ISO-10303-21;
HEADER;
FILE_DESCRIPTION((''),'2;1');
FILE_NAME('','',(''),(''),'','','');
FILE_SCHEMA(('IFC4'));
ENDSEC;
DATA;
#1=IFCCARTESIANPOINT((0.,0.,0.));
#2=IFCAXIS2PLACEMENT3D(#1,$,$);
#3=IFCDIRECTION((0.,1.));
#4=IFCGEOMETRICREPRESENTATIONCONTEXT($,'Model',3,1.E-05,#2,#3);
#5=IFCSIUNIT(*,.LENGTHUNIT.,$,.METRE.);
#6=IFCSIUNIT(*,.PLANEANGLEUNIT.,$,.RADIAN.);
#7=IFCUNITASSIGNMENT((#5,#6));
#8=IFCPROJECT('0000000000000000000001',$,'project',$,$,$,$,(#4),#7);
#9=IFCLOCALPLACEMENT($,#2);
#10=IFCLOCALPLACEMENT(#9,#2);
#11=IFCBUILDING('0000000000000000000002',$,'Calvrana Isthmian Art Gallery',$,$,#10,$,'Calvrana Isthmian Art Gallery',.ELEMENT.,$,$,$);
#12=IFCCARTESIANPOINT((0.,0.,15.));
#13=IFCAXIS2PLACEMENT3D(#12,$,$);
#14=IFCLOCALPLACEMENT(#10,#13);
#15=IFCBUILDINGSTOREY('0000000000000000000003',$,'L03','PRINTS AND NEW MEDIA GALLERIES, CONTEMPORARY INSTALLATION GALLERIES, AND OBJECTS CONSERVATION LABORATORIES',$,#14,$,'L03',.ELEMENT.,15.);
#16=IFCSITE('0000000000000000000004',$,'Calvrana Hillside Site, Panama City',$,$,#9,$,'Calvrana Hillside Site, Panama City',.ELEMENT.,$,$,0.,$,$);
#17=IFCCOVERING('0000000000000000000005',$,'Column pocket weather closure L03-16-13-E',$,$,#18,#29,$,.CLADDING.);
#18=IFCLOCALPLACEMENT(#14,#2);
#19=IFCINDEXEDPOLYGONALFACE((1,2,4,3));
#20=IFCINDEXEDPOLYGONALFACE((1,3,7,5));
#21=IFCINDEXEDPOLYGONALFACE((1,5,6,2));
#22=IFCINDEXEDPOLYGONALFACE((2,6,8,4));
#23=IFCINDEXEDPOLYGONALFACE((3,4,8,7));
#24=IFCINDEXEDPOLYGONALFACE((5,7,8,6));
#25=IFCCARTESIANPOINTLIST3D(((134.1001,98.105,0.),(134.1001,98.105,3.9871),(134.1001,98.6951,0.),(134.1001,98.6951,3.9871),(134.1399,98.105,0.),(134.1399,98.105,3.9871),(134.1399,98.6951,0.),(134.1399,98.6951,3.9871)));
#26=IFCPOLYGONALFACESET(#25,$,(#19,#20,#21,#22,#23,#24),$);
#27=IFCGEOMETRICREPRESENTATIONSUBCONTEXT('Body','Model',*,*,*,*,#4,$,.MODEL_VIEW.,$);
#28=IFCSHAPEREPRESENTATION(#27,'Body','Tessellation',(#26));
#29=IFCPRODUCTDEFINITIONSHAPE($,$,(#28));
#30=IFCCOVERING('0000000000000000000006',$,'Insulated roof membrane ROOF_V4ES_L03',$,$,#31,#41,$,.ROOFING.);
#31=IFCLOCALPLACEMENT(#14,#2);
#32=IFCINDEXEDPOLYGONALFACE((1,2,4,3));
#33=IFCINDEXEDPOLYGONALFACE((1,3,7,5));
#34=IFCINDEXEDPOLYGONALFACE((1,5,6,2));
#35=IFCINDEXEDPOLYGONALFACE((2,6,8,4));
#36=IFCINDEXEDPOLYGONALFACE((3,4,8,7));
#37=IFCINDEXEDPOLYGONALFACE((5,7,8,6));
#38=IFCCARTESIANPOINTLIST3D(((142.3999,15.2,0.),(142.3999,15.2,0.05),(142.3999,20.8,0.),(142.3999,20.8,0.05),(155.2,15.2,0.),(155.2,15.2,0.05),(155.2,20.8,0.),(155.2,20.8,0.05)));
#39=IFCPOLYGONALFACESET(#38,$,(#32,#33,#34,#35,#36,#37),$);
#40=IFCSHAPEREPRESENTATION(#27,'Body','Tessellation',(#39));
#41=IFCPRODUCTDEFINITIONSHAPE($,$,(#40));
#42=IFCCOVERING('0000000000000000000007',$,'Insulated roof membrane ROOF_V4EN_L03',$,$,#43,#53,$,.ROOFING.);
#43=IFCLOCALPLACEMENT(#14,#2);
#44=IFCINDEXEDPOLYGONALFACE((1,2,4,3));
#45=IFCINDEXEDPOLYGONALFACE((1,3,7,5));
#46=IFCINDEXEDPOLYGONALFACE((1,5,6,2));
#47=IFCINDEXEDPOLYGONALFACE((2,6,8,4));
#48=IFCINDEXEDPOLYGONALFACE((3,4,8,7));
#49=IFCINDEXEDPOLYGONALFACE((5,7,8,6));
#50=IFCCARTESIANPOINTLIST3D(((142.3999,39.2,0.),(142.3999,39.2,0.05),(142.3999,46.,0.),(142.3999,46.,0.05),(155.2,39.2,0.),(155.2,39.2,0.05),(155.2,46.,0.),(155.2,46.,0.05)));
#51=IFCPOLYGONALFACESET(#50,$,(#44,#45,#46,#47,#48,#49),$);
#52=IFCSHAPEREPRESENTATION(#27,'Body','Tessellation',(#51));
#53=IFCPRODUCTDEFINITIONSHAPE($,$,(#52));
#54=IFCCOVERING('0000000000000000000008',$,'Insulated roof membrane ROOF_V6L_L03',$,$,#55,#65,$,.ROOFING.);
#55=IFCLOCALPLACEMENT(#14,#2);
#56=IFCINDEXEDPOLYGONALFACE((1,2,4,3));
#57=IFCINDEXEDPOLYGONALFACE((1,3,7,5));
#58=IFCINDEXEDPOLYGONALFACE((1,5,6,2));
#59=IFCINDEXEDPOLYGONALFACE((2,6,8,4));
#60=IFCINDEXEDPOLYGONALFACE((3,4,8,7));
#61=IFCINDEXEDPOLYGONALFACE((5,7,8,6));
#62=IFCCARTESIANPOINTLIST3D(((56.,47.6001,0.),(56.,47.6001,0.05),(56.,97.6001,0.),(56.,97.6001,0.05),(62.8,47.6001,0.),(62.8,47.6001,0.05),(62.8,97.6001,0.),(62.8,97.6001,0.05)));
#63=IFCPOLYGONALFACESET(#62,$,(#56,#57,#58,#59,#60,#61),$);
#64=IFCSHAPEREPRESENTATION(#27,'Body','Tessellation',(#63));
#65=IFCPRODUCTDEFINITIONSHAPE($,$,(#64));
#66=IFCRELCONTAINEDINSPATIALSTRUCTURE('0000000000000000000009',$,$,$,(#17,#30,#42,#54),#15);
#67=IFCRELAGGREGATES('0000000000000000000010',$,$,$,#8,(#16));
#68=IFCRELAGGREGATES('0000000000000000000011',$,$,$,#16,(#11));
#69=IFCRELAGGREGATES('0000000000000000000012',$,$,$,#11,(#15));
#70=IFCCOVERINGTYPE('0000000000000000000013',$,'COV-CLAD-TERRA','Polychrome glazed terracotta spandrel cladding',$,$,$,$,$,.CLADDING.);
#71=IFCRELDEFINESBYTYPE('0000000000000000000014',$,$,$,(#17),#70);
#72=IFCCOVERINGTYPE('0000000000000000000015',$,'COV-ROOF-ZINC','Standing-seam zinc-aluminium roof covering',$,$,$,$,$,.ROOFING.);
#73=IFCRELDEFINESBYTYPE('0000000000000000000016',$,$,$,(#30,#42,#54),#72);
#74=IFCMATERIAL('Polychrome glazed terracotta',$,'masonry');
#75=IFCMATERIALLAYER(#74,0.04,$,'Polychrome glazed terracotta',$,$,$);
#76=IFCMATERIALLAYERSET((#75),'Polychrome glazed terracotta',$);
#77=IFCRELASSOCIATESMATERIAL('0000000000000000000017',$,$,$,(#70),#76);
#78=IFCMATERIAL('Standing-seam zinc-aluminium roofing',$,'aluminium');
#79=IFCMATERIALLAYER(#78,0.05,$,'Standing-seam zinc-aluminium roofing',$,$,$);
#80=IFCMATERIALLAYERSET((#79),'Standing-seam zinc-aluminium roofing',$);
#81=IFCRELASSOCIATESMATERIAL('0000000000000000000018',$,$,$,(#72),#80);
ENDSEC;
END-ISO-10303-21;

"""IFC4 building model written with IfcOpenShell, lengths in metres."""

from ifc_helpers import new_model, si_unit, direction, frame, origin, place, context, subcontext, project, spatial, polyline, outline, extrude, material, layer, layer_set, type_object, element, save


model = new_model("IFC4")

# Units and contexts
model_context = context("Model", 3, precision=1e-05, world=origin(), true_north=direction((0.0, 1.0)))
body_context = subcontext(model_context, "Body", "Model", "MODEL_VIEW")
ifc_project = project(units=[si_unit("LENGTHUNIT", "METRE"), si_unit("PLANEANGLEUNIT", "RADIAN")], contexts=[model_context])

# Site, building, storey
site_placement = place(None, origin())
site = spatial("IfcSite", under=ifc_project, at=site_placement, Name="Calvrana Hillside Site, Panama City", LongName="Calvrana Hillside Site, Panama City", CompositionType="ELEMENT", RefElevation=0.0)
building_placement = place(site_placement, origin())
building = spatial("IfcBuilding", under=site, at=building_placement, Name="Calvrana Isthmian Art Gallery", LongName="Calvrana Isthmian Art Gallery", CompositionType="ELEMENT")
storey_placement = place(building_placement, frame((0.0, 0.0, 15.0)))
storey = spatial("IfcBuildingStorey", under=building, at=storey_placement, Name="L03", Description="PRINTS AND NEW MEDIA GALLERIES, CONTEMPORARY INSTALLATION GALLERIES, AND OBJECTS CONSERVATION LABORATORIES", LongName="L03", CompositionType="ELEMENT", Elevation=15.0)

# Shared definitions
ifc_material_1 = material(Name="Polychrome glazed terracotta", Category="masonry")

# Coverings
ifc_layer_1 = layer(ifc_material_1, 0.04, Name="Polychrome glazed terracotta")
ifc_layer_set_1 = layer_set([ifc_layer_1], Name="Polychrome glazed terracotta")
covering_type_1 = type_object("IfcCoveringType", Name="COV-CLAD-TERRA", Description="Polychrome glazed terracotta spandrel cladding", PredefinedType="CLADDING", material=ifc_layer_set_1)
covering_1_placement = place(storey_placement, origin())
element("IfcCovering", 1, at=covering_1_placement, inside=storey, type_object=covering_type_1, Name="Column pocket weather closure L03-16-13-E", PredefinedType="CLADDING", context=body_context, shape_type="SweptSolid", body=[
    extrude(outline(polyline([(134.1001, 98.105), (134.1399, 98.105), (134.1399, 98.6951), (134.1001, 98.6951), (134.1001, 98.105)])), origin(), (0.0, 0.0, 1.0), 3.9871),
])
ifc_material_2 = material(Name="Standing-seam zinc-aluminium roofing", Category="aluminium")
ifc_layer_2 = layer(ifc_material_2, 0.05, Name="Standing-seam zinc-aluminium roofing")
ifc_layer_set_2 = layer_set([ifc_layer_2], Name="Standing-seam zinc-aluminium roofing")
covering_type_2 = type_object("IfcCoveringType", Name="COV-ROOF-ZINC", Description="Standing-seam zinc-aluminium roof covering", PredefinedType="ROOFING", material=ifc_layer_set_2)
covering_2_placement = place(storey_placement, origin())
element("IfcCovering", 2, at=covering_2_placement, inside=storey, type_object=covering_type_2, Name="Insulated roof membrane ROOF_V4ES_L03", PredefinedType="ROOFING", context=body_context, shape_type="SweptSolid", body=[
    extrude(outline(polyline([(142.3999, 15.2), (155.2, 15.2), (155.2, 20.8), (142.3999, 20.8), (142.3999, 15.2)])), origin(), (0.0, 0.0, 1.0), 0.05),
])
covering_3_placement = place(storey_placement, origin())
element("IfcCovering", 3, at=covering_3_placement, inside=storey, type_object=covering_type_2, Name="Insulated roof membrane ROOF_V4EN_L03", PredefinedType="ROOFING", context=body_context, shape_type="SweptSolid", body=[
    extrude(outline(polyline([(142.3999, 39.2), (155.2, 39.2), (155.2, 46.0), (142.3999, 46.0), (142.3999, 39.2)])), origin(), (0.0, 0.0, 1.0), 0.05),
])
covering_4_placement = place(storey_placement, origin())
element("IfcCovering", 4, at=covering_4_placement, inside=storey, type_object=covering_type_2, Name="Insulated roof membrane ROOF_V6L_L03", PredefinedType="ROOFING", context=body_context, shape_type="SweptSolid", body=[
    extrude(outline(polyline([(56.0, 47.6001), (62.8, 47.6001), (62.8, 97.6001), (56.0, 97.6001), (56.0, 47.6001)])), origin(), (0.0, 0.0, 1.0), 0.05),
])

save(model, "model.ifc")
